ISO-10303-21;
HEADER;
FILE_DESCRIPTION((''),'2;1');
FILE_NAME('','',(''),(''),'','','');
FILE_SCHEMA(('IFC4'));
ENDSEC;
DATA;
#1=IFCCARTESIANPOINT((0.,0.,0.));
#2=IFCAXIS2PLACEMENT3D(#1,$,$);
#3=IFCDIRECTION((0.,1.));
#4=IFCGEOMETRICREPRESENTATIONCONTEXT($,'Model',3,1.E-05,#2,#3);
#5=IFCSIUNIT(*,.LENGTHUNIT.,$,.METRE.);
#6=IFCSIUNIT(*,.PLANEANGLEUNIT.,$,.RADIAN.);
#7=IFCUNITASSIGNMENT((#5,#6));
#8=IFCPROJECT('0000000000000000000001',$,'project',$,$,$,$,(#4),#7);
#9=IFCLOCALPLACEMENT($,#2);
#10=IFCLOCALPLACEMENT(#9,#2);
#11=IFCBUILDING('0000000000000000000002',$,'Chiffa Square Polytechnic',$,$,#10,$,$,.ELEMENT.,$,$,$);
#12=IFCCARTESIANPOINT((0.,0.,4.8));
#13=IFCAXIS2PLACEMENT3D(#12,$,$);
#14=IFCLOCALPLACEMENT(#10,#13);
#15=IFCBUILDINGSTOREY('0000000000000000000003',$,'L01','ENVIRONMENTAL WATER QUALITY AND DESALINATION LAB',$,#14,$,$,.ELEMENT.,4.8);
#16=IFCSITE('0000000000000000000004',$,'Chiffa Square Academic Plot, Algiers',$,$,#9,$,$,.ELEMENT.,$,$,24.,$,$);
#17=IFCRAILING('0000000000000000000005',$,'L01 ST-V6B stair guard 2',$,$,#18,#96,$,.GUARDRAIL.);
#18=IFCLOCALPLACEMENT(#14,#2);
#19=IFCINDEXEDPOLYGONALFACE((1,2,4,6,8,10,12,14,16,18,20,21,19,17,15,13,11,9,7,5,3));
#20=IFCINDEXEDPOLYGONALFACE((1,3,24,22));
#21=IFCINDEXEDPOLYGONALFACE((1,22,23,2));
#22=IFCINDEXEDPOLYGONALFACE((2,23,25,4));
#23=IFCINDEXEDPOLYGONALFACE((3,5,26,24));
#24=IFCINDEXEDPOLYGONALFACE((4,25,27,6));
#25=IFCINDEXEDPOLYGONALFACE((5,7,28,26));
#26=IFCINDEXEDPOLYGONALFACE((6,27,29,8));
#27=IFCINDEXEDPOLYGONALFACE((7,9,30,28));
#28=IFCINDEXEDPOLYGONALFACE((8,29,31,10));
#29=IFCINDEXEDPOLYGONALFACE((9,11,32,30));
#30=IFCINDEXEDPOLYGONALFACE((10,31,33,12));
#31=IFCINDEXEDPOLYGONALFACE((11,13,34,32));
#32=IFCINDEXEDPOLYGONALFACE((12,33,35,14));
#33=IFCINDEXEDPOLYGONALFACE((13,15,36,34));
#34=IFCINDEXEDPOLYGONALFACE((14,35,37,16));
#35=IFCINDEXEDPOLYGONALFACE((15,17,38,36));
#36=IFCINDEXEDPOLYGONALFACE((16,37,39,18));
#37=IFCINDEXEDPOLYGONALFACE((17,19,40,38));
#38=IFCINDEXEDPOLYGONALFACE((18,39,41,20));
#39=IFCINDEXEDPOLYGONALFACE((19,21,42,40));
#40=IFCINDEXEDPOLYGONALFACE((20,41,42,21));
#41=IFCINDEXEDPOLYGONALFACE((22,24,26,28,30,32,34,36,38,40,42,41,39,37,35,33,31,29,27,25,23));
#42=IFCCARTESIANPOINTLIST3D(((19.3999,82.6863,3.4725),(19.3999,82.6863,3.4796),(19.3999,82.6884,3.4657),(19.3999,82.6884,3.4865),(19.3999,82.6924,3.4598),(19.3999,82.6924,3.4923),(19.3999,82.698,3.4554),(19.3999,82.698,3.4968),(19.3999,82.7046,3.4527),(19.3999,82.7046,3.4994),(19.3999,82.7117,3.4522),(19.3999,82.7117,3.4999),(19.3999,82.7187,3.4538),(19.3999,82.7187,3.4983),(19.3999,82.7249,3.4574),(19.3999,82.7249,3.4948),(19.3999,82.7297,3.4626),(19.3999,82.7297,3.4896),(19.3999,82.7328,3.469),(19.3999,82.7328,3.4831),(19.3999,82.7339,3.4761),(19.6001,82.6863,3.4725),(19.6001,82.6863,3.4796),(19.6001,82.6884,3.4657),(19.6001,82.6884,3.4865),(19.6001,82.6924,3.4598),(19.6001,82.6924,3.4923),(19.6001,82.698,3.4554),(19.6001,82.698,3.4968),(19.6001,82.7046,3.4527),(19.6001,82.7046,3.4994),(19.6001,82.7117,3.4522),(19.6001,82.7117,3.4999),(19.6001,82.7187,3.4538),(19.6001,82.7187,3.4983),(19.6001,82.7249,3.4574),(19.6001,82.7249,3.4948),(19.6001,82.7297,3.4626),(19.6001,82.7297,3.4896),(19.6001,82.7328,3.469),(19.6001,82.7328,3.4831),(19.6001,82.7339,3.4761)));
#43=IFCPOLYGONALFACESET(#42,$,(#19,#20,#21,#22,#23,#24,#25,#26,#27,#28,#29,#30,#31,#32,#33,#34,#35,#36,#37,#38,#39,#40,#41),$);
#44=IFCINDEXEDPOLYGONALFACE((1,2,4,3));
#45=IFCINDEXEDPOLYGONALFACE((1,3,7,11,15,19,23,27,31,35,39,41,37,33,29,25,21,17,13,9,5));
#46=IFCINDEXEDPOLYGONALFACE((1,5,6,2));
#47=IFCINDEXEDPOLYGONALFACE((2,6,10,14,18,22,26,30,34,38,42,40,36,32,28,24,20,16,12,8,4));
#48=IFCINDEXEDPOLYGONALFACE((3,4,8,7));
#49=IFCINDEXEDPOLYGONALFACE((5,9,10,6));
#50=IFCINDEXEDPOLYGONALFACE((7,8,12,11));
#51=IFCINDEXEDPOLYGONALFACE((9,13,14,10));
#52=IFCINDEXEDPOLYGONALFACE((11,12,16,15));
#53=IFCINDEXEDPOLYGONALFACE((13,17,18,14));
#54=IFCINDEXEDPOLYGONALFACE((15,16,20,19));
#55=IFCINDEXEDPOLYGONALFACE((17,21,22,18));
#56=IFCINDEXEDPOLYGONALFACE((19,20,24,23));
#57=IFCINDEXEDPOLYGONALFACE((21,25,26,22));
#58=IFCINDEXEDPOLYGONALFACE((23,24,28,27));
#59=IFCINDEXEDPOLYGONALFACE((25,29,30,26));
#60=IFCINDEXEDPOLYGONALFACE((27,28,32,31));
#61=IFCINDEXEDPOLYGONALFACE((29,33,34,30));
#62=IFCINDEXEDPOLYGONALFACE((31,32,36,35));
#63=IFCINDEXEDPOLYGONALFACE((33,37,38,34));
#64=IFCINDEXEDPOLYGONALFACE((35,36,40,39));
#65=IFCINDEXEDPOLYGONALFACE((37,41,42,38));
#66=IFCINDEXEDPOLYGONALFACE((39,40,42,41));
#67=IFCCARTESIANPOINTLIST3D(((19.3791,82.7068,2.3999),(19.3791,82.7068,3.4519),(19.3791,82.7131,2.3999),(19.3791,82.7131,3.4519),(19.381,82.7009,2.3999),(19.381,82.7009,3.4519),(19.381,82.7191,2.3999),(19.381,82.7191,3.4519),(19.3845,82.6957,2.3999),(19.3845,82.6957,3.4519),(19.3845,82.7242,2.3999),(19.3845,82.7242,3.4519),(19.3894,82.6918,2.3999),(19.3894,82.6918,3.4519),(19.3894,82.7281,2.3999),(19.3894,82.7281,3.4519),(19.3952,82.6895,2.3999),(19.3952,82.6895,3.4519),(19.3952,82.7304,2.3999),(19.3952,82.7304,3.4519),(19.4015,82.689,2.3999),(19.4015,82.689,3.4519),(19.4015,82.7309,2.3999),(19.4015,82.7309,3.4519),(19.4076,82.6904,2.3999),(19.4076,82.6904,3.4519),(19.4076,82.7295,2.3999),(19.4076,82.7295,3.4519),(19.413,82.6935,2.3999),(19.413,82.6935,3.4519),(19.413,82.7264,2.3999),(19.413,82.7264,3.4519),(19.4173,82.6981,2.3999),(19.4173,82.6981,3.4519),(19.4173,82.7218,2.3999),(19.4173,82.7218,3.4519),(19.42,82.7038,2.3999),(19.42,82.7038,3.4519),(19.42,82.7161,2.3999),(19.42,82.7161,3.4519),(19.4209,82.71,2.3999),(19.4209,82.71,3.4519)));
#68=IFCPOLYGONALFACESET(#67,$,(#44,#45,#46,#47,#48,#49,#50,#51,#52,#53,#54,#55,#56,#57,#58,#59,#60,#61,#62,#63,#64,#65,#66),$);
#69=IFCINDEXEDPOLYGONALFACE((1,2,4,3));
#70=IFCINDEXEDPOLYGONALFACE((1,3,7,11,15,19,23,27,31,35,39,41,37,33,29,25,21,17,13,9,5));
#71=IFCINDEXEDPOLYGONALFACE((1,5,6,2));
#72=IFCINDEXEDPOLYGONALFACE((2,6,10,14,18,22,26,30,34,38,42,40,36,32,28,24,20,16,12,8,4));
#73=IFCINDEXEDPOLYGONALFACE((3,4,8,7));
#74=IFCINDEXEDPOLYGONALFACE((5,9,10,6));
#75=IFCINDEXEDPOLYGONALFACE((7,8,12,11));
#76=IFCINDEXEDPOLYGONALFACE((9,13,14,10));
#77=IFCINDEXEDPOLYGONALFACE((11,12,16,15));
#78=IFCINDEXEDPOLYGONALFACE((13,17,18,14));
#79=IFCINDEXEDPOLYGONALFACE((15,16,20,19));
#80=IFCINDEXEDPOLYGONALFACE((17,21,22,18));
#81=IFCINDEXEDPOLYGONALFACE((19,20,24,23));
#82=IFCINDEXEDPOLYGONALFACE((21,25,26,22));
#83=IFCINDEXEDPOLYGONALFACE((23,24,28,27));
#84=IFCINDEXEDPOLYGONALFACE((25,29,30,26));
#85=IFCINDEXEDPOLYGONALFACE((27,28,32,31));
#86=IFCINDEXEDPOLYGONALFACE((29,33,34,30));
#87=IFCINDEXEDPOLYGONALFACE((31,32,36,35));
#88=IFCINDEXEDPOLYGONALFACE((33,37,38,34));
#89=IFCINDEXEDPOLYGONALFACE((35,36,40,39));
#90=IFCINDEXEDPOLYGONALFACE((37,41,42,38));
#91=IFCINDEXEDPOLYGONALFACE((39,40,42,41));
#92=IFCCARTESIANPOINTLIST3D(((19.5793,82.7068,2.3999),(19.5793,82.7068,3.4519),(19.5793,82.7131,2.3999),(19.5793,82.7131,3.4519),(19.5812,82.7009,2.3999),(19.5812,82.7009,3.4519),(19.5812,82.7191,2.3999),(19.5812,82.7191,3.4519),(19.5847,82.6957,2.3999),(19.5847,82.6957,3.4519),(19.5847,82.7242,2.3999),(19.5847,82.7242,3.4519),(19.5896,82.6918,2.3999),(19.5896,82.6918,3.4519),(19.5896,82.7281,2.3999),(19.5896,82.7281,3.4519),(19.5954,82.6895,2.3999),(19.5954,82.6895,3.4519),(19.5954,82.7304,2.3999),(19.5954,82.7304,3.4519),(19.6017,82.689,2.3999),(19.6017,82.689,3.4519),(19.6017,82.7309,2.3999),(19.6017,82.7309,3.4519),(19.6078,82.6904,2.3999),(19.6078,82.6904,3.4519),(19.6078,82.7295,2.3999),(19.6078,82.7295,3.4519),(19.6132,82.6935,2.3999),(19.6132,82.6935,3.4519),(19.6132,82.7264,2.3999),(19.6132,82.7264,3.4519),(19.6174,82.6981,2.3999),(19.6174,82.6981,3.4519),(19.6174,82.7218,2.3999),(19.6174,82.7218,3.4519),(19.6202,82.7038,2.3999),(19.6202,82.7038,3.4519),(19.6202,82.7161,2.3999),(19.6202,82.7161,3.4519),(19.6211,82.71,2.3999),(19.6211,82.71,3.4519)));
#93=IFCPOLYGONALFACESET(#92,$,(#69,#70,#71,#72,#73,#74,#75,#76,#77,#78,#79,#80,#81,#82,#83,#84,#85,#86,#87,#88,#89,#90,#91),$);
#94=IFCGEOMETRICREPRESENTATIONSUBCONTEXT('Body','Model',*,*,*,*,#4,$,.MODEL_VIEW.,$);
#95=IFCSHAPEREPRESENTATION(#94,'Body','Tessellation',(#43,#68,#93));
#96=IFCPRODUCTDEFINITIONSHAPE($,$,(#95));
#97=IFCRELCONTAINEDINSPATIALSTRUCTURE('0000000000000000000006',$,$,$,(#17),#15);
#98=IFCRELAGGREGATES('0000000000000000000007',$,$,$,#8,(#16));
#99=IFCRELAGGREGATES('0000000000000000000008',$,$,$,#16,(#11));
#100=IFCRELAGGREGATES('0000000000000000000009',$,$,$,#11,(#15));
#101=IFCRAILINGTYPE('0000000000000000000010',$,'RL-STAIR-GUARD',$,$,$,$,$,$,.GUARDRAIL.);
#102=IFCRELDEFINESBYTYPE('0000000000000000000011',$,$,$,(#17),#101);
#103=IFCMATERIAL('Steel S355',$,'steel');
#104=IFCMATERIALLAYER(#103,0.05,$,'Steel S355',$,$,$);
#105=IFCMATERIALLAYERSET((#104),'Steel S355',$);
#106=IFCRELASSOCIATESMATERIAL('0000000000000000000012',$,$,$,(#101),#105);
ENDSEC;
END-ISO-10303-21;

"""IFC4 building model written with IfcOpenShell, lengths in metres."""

from ifc_helpers import new_model, si_unit, direction, frame, origin, origin_2d, place, context, subcontext, project, spatial, circle, extrude, material, layer, layer_set, type_object, element, save


model = new_model("IFC4")

# Units and contexts
model_context = context("Model", 3, precision=1e-05, world=origin(), true_north=direction((0.0, 1.0)))
body_context = subcontext(model_context, "Body", "Model", "MODEL_VIEW")
ifc_project = project(units=[si_unit("LENGTHUNIT", "METRE"), si_unit("PLANEANGLEUNIT", "RADIAN")], contexts=[model_context])

# Site, building, storey
site_placement = place(None, origin())
site = spatial("IfcSite", under=ifc_project, at=site_placement, Name="Chiffa Square Academic Plot, Algiers", CompositionType="ELEMENT", RefElevation=24.0)
building_placement = place(site_placement, origin())
building = spatial("IfcBuilding", under=site, at=building_placement, Name="Chiffa Square Polytechnic", CompositionType="ELEMENT")
storey_placement = place(building_placement, frame((0.0, 0.0, 4.8)))
storey = spatial("IfcBuildingStorey", under=building, at=storey_placement, Name="L01", Description="ENVIRONMENTAL WATER QUALITY AND DESALINATION LAB", CompositionType="ELEMENT", Elevation=4.8)

# Railing
ifc_material_1 = material(Name="Steel S355", Category="steel")
ifc_layer_1 = layer(ifc_material_1, 0.05, Name="Steel S355")
ifc_layer_set_1 = layer_set([ifc_layer_1], Name="Steel S355")
railing_type_1 = type_object("IfcRailingType", Name="RL-STAIR-GUARD", PredefinedType="GUARDRAIL", material=ifc_layer_set_1)
railing_1_placement = place(storey_placement, frame((19.3999, 82.71, 2.3999)))
element("IfcRailing", 1, at=railing_1_placement, inside=storey, type_object=railing_type_1, Name="L01 ST-V6B stair guard 2", PredefinedType="GUARDRAIL", context=body_context, shape_type="SweptSolid", body=[
    extrude(circle(Radius=0.0239, at=origin_2d()), frame((0.0, 0.0, 1.0762), z_axis=(1.0, 0.0, 0.0), x_axis=(0.0, 1.0, 0.0)), (0.0, 0.0, 1.0), 0.2002),
    extrude(circle(Radius=0.021, at=origin_2d()), origin(), (0.0, 0.0, 1.0), 1.052),
    extrude(circle(Radius=0.021, at=origin_2d()), frame((0.2002, 0.0, 0.0)), (0.0, 0.0, 1.0), 1.052),
])

save(model, "model.ifc")
